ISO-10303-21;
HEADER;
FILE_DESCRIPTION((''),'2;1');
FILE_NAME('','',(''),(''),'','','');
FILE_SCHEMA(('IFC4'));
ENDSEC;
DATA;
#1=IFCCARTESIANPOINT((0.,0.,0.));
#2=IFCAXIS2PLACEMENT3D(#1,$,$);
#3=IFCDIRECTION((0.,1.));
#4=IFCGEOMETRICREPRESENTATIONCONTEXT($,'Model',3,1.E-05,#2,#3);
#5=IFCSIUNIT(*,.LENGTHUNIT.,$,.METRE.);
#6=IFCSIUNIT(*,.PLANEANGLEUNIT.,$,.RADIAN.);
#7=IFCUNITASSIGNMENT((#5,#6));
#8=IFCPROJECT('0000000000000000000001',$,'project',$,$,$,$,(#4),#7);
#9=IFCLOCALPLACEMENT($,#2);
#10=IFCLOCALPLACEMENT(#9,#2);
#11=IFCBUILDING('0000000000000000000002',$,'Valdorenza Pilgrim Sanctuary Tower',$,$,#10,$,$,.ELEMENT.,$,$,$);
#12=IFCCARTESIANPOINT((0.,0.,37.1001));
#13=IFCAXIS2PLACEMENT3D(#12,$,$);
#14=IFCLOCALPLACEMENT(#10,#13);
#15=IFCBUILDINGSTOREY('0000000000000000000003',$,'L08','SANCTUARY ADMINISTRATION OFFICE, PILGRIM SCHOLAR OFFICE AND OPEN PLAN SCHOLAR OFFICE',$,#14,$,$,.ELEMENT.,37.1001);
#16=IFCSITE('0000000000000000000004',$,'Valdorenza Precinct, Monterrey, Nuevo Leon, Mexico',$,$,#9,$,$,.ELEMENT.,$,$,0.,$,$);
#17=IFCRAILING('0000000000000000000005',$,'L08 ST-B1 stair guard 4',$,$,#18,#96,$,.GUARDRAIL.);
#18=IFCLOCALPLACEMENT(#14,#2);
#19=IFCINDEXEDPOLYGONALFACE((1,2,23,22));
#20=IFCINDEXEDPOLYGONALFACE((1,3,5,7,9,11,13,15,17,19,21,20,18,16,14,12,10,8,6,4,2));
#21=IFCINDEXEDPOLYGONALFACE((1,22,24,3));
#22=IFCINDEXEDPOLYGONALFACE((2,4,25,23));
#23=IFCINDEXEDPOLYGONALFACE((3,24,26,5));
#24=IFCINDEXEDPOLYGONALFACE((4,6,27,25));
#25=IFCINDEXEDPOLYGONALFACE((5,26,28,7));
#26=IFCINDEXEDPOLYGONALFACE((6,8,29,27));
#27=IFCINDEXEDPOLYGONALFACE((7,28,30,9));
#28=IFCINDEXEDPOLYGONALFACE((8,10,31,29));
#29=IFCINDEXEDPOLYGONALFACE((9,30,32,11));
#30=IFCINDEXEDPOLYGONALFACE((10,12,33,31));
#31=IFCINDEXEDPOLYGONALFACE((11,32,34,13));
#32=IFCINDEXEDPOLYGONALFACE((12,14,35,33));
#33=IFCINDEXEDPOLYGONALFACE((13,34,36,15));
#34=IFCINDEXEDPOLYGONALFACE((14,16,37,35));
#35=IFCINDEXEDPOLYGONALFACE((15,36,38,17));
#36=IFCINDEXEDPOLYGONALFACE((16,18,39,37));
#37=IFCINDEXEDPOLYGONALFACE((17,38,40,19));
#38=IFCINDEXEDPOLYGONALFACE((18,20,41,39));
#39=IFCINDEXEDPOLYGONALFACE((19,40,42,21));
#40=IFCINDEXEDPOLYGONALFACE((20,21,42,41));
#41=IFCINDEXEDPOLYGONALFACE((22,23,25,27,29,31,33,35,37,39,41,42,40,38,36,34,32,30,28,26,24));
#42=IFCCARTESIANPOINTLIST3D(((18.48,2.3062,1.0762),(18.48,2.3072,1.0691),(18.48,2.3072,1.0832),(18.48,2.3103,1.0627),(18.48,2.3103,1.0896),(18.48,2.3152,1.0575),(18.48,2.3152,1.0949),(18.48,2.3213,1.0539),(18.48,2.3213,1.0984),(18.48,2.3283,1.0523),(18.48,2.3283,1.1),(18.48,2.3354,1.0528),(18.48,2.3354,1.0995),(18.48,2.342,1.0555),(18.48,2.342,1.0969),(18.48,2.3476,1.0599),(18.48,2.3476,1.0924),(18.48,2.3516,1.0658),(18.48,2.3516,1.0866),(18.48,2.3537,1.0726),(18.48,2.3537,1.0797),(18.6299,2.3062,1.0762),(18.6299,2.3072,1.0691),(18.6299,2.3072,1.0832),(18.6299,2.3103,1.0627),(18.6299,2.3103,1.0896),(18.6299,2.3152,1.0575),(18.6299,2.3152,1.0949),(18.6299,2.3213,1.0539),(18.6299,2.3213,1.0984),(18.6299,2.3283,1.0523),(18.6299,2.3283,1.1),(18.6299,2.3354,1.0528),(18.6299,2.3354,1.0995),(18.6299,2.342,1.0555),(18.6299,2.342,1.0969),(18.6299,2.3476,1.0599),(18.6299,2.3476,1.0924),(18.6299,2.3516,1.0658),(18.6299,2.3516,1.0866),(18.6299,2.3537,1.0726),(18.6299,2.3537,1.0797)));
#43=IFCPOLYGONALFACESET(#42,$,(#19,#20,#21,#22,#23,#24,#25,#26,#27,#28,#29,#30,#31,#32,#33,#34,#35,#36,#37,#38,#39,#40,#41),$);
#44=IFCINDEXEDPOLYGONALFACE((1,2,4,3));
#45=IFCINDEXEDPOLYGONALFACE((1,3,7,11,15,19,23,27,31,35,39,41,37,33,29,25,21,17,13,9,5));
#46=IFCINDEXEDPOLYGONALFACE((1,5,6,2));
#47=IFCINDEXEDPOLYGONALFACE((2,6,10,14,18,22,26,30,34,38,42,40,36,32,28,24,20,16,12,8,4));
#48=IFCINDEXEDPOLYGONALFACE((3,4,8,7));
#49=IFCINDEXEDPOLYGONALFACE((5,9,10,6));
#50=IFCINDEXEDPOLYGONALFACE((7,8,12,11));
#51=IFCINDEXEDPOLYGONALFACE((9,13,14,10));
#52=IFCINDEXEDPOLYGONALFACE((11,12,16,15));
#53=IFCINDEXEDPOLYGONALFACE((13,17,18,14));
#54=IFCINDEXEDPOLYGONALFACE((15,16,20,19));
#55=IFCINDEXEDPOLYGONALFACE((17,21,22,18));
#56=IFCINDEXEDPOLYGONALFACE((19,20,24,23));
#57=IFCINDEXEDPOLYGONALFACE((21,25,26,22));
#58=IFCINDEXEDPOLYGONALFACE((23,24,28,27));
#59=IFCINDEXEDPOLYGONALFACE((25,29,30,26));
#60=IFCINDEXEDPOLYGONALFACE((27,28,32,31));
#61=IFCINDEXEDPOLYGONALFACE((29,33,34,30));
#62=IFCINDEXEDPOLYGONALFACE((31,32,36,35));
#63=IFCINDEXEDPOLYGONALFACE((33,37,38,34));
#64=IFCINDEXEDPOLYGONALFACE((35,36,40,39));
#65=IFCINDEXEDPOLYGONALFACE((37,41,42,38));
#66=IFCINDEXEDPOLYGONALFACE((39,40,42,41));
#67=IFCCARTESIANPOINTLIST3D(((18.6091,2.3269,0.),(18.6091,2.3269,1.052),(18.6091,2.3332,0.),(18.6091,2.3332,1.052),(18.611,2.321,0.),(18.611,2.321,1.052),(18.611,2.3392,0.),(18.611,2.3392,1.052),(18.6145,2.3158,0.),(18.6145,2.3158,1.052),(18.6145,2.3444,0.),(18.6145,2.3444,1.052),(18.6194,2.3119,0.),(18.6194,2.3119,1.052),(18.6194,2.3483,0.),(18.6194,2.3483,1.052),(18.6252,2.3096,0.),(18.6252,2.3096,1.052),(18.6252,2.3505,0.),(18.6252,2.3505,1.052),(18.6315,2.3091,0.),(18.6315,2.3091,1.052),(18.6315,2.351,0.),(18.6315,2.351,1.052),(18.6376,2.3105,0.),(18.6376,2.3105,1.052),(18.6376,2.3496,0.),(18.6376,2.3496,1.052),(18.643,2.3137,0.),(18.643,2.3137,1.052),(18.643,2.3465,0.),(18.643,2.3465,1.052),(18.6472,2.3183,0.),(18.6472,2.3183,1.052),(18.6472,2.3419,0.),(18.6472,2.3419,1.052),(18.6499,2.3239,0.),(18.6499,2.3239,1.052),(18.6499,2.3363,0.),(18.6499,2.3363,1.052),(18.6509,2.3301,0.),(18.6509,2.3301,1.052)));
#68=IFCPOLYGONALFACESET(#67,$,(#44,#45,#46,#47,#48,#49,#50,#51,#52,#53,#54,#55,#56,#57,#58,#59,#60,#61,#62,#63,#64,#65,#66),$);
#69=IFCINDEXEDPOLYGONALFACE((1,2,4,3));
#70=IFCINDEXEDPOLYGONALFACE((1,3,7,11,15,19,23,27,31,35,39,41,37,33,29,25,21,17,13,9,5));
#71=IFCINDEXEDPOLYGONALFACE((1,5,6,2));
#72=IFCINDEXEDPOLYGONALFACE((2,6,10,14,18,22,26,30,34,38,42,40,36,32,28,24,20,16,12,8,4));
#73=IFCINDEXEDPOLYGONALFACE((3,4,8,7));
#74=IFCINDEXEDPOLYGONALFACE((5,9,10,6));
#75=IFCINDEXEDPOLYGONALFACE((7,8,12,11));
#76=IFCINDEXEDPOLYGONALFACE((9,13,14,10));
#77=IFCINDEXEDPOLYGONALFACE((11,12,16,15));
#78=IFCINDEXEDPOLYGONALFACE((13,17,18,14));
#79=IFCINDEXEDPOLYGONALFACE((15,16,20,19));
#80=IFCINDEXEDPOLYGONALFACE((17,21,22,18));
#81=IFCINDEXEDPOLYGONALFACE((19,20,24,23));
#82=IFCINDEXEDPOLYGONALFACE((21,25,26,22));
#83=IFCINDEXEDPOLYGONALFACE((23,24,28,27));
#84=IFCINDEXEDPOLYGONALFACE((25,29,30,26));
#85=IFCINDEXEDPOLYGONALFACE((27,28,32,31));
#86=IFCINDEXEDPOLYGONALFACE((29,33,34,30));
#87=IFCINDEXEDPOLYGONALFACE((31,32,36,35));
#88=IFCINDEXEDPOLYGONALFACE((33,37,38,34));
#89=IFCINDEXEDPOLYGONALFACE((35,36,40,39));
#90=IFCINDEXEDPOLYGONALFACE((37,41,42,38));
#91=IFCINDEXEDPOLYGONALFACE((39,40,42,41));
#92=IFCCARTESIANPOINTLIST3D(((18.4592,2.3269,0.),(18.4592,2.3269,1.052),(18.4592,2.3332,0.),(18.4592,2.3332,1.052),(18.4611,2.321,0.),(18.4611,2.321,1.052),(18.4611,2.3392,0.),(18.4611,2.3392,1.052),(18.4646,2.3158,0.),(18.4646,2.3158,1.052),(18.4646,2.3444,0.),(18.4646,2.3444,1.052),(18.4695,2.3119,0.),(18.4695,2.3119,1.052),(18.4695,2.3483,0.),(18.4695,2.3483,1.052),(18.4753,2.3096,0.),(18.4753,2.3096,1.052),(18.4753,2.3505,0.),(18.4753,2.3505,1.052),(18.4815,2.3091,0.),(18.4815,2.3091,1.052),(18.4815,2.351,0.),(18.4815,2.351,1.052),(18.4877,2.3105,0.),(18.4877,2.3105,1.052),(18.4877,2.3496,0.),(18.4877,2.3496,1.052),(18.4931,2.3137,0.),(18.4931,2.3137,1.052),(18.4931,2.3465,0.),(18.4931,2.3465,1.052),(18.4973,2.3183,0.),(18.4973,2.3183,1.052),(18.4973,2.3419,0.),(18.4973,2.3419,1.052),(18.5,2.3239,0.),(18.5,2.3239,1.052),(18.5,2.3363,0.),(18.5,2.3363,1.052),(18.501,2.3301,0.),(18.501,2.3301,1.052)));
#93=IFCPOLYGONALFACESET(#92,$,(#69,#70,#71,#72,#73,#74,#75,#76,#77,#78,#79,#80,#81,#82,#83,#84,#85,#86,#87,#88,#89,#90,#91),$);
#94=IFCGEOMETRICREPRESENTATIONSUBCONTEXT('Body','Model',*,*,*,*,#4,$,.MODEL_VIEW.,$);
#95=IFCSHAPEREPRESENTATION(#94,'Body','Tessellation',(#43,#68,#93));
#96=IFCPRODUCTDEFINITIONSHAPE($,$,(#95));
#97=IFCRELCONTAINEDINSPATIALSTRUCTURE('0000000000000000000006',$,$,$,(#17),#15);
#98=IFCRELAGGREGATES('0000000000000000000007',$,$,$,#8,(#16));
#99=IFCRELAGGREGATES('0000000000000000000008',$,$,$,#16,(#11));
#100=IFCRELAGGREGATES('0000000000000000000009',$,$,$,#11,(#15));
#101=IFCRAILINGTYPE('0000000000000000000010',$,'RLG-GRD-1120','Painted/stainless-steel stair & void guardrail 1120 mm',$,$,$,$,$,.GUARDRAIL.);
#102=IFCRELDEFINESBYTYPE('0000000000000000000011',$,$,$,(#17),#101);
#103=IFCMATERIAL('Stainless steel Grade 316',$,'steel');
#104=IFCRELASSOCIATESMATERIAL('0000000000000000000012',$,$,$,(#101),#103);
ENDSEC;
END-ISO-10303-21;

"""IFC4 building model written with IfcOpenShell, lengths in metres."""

from ifc_helpers import new_model, si_unit, direction, frame, origin, origin_2d, place, context, subcontext, project, spatial, circle, extrude, material, type_object, element, save


model = new_model("IFC4")

# Units and contexts
model_context = context("Model", 3, precision=1e-05, world=origin(), true_north=direction((0.0, 1.0)))
body_context = subcontext(model_context, "Body", "Model", "MODEL_VIEW")
ifc_project = project(units=[si_unit("LENGTHUNIT", "METRE"), si_unit("PLANEANGLEUNIT", "RADIAN")], contexts=[model_context])

# Site, building, storey
site_placement = place(None, origin())
site = spatial("IfcSite", under=ifc_project, at=site_placement, Name="Valdorenza Precinct, Monterrey, Nuevo Leon, Mexico", CompositionType="ELEMENT", RefElevation=0.0)
building_placement = place(site_placement, origin())
building = spatial("IfcBuilding", under=site, at=building_placement, Name="Valdorenza Pilgrim Sanctuary Tower", CompositionType="ELEMENT")
storey_placement = place(building_placement, frame((0.0, 0.0, 37.1001)))
storey = spatial("IfcBuildingStorey", under=building, at=storey_placement, Name="L08", Description="SANCTUARY ADMINISTRATION OFFICE, PILGRIM SCHOLAR OFFICE AND OPEN PLAN SCHOLAR OFFICE", CompositionType="ELEMENT", Elevation=37.1001)

# Railing
ifc_material_1 = material(Name="Stainless steel Grade 316", Category="steel")
railing_type_1 = type_object("IfcRailingType", Name="RLG-GRD-1120", Description="Painted/stainless-steel stair & void guardrail 1120 mm", PredefinedType="GUARDRAIL", material=ifc_material_1)
railing_1_placement = place(storey_placement, frame((18.6299, 2.3301, 0.0)))
element("IfcRailing", 1, at=railing_1_placement, inside=storey, type_object=railing_type_1, Name="L08 ST-B1 stair guard 4", PredefinedType="GUARDRAIL", context=body_context, shape_type="SweptSolid", body=[
    extrude(circle(Radius=0.0239, at=origin_2d()), frame((0.0, 0.0, 1.0762), z_axis=(-1.0, 0.0, 0.0), x_axis=(0.0, -1.0, 0.0)), (0.0, 0.0, 1.0), 0.1499),
    extrude(circle(Radius=0.021, at=origin_2d()), origin(), (0.0, 0.0, 1.0), 1.052),
    extrude(circle(Radius=0.021, at=origin_2d()), frame((-0.1499, 0.0, 0.0)), (0.0, 0.0, 1.0), 1.052),
])

save(model, "model.ifc")
